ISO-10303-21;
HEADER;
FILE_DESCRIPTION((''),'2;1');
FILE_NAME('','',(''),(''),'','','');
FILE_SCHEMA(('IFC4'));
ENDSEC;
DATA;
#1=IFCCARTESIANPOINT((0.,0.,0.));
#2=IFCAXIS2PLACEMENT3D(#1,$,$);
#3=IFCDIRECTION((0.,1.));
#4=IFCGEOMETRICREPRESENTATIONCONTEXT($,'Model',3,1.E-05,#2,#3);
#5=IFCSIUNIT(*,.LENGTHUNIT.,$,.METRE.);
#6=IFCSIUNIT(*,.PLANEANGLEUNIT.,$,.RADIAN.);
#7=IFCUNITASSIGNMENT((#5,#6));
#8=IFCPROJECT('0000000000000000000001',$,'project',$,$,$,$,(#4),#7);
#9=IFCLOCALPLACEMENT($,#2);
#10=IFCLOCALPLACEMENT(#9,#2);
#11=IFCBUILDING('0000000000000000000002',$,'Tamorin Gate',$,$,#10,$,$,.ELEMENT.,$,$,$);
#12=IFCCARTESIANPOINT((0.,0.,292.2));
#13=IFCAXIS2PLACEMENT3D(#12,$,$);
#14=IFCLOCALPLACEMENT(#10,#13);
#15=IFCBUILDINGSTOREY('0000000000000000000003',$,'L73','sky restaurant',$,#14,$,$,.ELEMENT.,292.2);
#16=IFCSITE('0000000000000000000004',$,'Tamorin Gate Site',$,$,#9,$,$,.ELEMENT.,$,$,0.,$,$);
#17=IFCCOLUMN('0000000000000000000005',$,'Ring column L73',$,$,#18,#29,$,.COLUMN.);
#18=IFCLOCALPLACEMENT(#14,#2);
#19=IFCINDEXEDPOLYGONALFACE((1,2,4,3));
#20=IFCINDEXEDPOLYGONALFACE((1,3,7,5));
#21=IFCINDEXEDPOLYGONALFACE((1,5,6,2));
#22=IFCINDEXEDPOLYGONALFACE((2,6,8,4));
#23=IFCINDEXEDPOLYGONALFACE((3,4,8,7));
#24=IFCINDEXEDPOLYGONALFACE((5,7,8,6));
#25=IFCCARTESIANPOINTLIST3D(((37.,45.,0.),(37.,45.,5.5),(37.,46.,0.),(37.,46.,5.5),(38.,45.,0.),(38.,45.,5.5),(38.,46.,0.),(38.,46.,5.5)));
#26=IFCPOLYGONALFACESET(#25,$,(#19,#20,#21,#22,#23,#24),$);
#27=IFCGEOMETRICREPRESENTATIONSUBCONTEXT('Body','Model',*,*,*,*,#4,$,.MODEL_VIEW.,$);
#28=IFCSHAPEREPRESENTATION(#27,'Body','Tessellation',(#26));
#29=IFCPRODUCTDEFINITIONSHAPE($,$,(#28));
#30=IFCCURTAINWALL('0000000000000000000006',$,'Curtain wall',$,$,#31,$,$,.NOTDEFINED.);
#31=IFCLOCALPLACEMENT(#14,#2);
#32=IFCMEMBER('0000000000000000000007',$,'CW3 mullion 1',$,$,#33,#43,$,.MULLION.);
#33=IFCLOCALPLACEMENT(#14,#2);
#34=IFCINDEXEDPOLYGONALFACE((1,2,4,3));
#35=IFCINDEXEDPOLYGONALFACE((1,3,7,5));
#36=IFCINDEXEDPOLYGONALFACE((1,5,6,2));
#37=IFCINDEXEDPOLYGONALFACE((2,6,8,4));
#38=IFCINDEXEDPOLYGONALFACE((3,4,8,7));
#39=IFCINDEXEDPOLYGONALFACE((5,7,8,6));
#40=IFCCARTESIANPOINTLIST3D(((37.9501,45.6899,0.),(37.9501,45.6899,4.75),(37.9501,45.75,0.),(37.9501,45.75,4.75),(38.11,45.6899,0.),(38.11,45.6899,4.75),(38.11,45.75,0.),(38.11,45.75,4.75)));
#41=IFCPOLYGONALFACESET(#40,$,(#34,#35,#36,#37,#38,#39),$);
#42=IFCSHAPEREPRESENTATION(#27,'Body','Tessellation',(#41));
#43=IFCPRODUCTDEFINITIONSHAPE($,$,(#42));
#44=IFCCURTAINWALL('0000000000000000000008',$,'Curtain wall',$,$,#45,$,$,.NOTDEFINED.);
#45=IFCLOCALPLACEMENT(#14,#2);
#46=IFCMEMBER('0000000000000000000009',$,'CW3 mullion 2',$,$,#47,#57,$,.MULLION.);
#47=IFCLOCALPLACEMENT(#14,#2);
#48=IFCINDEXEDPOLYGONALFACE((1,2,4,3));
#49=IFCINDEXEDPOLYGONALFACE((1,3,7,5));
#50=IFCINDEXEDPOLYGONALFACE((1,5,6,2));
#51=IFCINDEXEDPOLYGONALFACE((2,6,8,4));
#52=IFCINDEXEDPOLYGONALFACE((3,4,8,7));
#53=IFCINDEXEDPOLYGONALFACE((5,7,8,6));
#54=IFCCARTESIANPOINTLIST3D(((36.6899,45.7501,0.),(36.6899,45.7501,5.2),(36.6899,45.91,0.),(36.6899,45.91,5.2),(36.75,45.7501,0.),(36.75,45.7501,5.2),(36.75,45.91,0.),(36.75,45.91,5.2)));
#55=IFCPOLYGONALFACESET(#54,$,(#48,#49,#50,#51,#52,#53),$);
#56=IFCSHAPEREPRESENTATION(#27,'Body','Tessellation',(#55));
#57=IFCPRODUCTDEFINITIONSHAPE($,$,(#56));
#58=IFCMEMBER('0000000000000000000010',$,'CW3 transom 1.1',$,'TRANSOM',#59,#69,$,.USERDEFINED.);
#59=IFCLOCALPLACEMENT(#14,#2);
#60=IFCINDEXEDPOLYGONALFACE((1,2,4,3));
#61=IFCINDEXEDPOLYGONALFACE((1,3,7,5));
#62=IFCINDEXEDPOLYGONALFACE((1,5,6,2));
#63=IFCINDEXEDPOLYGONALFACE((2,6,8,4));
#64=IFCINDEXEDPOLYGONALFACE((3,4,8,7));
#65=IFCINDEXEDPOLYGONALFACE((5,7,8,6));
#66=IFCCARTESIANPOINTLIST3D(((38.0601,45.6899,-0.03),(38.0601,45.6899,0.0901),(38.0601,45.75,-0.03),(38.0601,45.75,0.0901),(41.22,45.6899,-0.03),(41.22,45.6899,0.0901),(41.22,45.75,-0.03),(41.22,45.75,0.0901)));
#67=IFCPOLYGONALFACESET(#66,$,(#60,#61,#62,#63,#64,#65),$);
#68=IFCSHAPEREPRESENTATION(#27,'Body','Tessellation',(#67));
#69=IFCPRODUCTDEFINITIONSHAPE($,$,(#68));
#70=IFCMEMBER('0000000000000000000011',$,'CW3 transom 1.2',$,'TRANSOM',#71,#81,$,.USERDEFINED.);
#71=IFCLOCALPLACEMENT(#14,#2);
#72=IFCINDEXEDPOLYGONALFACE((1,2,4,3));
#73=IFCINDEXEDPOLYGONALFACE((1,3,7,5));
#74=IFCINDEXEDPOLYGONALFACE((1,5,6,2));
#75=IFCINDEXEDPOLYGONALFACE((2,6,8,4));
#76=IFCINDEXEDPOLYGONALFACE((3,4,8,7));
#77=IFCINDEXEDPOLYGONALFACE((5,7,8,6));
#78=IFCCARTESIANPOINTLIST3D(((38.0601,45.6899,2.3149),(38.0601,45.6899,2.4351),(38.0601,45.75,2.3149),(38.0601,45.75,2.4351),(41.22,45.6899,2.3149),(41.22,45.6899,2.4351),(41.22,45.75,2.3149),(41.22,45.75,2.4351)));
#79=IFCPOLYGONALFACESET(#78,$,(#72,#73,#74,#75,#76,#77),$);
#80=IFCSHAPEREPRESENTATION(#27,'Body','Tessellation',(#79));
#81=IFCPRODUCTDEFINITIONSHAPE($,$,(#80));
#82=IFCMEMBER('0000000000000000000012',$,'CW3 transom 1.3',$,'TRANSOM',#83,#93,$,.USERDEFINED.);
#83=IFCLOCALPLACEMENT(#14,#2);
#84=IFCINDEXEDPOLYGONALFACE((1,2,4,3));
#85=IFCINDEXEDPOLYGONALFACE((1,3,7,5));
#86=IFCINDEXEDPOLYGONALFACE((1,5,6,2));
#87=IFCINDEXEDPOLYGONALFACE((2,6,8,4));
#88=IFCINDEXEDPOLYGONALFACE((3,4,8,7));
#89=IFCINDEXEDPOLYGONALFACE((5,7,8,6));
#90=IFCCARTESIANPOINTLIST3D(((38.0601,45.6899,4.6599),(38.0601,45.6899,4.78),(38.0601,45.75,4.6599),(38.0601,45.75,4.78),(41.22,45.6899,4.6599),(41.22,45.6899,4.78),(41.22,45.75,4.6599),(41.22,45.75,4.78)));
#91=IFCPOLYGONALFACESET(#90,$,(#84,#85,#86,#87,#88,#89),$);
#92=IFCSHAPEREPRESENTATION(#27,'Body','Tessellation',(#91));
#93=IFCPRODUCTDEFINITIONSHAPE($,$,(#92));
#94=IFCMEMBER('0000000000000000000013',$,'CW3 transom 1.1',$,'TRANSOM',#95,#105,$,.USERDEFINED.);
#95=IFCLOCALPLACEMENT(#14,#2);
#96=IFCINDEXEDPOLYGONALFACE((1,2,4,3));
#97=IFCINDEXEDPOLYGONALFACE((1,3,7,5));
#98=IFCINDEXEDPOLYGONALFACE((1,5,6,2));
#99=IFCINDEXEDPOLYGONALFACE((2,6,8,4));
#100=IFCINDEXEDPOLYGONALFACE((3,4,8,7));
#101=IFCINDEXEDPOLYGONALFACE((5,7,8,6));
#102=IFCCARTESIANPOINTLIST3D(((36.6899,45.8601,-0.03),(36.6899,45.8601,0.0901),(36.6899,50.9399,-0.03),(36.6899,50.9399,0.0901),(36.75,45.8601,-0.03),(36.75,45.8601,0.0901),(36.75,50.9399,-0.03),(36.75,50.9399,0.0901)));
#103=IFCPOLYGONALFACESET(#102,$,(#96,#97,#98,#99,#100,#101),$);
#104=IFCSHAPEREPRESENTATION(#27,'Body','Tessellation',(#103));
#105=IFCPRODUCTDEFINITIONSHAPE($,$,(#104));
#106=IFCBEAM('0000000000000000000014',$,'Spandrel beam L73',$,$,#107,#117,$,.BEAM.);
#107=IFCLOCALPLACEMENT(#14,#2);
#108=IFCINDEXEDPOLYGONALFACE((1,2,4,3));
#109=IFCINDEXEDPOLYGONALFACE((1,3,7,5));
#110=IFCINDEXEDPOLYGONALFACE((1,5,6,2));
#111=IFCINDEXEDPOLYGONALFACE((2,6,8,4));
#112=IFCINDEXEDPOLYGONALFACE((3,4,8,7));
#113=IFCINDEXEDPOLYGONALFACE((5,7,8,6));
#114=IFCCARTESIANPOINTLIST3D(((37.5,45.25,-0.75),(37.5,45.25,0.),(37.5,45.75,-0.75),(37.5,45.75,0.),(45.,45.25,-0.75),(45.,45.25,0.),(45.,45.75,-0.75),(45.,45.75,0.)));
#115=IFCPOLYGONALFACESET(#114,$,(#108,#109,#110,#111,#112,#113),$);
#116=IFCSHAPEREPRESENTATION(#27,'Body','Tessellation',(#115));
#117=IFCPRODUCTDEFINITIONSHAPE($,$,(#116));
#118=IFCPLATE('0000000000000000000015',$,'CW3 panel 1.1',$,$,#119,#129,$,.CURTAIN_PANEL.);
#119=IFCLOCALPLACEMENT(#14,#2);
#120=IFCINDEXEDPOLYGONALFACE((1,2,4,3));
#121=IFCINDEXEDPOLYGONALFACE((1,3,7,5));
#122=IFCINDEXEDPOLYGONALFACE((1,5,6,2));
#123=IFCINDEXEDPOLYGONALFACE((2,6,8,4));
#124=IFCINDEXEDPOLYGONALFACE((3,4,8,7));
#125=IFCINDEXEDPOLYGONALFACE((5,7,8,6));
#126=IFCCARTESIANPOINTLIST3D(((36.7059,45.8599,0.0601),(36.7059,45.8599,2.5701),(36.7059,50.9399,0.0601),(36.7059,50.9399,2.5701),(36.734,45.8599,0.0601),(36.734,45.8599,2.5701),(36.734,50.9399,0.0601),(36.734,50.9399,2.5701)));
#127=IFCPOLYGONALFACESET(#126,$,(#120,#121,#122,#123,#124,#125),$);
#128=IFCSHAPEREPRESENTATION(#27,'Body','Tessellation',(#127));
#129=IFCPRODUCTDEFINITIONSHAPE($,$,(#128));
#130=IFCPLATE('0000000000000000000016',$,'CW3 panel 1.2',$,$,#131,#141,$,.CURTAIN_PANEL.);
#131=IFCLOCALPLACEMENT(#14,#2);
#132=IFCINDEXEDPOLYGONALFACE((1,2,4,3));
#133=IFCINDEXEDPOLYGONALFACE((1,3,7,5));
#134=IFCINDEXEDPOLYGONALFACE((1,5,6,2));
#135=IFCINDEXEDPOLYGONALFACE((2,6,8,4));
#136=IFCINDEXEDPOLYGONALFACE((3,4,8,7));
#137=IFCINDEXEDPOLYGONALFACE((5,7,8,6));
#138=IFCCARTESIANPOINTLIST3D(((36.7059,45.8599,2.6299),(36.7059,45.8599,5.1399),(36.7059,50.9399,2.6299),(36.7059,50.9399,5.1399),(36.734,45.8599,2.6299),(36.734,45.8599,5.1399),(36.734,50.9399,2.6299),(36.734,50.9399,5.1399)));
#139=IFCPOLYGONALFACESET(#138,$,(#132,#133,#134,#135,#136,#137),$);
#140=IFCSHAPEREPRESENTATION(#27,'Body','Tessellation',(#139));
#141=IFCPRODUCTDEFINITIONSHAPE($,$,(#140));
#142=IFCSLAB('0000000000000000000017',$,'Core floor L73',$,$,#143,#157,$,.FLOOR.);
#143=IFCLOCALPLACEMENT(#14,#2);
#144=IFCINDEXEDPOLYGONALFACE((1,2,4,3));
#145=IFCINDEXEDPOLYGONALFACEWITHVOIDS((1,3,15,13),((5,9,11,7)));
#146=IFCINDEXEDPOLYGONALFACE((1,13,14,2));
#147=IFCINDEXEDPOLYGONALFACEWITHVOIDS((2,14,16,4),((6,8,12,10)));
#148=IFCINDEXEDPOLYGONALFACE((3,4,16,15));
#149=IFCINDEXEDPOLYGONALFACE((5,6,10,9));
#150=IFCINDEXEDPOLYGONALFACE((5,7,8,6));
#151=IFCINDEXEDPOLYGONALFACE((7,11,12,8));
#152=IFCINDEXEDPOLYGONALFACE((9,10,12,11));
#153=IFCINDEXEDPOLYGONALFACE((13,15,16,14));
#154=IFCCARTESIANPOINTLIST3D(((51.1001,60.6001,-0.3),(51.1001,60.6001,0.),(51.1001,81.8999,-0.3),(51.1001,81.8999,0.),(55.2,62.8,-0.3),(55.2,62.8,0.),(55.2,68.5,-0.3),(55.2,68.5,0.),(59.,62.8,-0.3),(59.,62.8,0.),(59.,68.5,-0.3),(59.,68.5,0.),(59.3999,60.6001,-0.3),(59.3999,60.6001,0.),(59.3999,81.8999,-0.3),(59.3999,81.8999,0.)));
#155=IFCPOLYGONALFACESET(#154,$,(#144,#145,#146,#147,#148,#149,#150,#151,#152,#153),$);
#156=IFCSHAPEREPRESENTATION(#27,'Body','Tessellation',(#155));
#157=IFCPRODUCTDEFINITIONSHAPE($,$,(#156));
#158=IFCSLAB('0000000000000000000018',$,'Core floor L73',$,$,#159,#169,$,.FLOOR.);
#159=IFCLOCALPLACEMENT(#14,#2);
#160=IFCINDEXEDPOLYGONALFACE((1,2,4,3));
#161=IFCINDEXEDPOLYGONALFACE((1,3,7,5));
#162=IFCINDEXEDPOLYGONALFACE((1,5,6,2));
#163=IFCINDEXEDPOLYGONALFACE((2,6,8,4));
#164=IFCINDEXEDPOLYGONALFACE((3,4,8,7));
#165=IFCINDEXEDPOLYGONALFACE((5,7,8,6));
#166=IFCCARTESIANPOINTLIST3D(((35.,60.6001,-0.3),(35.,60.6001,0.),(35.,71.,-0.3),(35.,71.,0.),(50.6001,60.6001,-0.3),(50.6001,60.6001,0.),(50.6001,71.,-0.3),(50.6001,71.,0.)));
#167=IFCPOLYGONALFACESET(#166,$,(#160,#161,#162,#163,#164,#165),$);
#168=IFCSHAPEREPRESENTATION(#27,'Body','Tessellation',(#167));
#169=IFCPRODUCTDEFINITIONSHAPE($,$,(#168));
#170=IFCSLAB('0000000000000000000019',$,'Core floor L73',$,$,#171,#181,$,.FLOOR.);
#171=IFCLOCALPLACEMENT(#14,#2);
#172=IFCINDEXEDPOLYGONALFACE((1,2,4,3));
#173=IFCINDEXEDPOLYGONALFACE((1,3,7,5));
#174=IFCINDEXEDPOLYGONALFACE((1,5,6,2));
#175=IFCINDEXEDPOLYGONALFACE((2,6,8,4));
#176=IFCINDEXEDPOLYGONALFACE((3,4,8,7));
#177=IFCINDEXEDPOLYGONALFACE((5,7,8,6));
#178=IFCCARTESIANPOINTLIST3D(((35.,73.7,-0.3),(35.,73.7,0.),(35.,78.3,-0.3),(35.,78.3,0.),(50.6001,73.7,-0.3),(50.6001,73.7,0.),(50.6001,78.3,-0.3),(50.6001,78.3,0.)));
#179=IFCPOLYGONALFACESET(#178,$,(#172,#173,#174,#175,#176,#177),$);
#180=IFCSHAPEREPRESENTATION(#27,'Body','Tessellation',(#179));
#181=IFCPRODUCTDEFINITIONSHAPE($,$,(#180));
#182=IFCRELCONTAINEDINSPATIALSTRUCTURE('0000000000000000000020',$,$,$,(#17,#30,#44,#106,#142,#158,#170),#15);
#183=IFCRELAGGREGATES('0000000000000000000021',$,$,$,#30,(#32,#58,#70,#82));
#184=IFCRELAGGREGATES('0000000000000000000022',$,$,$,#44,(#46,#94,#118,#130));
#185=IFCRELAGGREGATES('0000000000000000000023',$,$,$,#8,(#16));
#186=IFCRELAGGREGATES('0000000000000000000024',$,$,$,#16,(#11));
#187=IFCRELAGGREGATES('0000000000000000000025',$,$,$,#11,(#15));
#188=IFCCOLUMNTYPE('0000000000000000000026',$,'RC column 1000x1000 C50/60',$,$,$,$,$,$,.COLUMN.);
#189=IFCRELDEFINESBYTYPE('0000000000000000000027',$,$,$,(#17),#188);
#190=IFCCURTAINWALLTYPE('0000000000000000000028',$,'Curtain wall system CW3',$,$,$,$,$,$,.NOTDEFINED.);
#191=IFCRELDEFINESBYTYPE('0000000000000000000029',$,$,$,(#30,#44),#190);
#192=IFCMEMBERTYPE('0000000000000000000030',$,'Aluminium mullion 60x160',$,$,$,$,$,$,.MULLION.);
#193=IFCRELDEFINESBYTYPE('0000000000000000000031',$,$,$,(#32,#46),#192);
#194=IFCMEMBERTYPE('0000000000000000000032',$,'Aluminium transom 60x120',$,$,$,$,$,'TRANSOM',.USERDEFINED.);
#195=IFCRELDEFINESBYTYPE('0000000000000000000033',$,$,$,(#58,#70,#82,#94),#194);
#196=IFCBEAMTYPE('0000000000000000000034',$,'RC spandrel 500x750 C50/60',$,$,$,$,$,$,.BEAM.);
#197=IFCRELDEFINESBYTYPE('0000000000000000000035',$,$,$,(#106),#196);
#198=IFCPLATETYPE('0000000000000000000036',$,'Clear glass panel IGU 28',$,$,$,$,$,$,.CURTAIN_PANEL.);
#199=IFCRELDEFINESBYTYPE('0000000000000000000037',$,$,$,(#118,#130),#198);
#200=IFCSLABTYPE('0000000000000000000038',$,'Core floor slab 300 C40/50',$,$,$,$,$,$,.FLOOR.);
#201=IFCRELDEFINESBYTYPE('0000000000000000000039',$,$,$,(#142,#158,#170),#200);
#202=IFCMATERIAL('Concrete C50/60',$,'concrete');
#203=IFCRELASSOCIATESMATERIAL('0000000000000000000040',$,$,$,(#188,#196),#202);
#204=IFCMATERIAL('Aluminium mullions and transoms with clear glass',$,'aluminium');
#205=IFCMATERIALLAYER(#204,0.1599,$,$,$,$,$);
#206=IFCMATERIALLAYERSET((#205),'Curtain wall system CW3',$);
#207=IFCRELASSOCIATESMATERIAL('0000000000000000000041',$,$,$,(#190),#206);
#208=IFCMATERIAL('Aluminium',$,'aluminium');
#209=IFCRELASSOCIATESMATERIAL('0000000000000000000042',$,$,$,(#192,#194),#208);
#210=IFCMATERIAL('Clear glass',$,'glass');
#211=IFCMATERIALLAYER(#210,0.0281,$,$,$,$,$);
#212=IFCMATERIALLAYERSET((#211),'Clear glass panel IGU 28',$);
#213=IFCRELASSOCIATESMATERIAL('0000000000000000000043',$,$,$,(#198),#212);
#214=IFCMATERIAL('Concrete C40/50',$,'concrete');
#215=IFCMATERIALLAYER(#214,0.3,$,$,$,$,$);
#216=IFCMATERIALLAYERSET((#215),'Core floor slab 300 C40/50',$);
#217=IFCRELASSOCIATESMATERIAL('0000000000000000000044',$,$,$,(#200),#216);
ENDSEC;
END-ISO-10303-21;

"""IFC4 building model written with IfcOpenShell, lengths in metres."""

from ifc_helpers import new_model, si_unit, direction, frame, origin, origin_2d, place, context, subcontext, project, spatial, polyline, rectangle, outline, extrude, material, layer, layer_set, material_profile, profile_set, type_object, element, aggregate, save


model = new_model("IFC4")

# Units and contexts
model_context = context("Model", 3, precision=1e-05, world=origin(), true_north=direction((0.0, 1.0)))
body_context = subcontext(model_context, "Body", "Model", "MODEL_VIEW")
ifc_project = project(units=[si_unit("LENGTHUNIT", "METRE"), si_unit("PLANEANGLEUNIT", "RADIAN")], contexts=[model_context])

# Site, building, storey
site_placement = place(None, origin())
site = spatial("IfcSite", under=ifc_project, at=site_placement, Name="Tamorin Gate Site", CompositionType="ELEMENT", RefElevation=0.0)
building_placement = place(site_placement, origin())
building = spatial("IfcBuilding", under=site, at=building_placement, Name="Tamorin Gate", CompositionType="ELEMENT")
storey_placement = place(building_placement, frame((0.0, 0.0, 292.2)))
storey = spatial("IfcBuildingStorey", under=building, at=storey_placement, Name="L73", Description="sky restaurant", CompositionType="ELEMENT", Elevation=292.2)

# Column
ifc_material_1 = material(Name="Concrete C50/60", Category="concrete")
ifc_material_profile_1 = material_profile(ifc_material_1, rectangle(XDim=1.0, YDim=1.0, at=origin_2d()), Name="RC 1000x1000")
ifc_profile_set_1 = profile_set([ifc_material_profile_1], Name="Concrete C50/60")
column_type = type_object("IfcColumnType", Name="RC column 1000x1000 C50/60", PredefinedType="COLUMN", material=ifc_profile_set_1)
column_placement = place(storey_placement, frame((37.5, 45.5, 0.0), z_axis=(0.0, 0.0, 1.0), x_axis=(1.0, 0.0, 0.0)))
element("IfcColumn", 1, at=column_placement, inside=storey, type_object=column_type, Name="Ring column L73", PredefinedType="COLUMN", context=body_context, shape_type="SweptSolid", body=[
    extrude(rectangle(XDim=1.0, YDim=1.0, at=origin_2d()), origin(), (0.0, 0.0, 1.0), 5.5),
])

# Curtain walls, members
ifc_material_2 = material(Name="Aluminium mullions and transoms with clear glass", Category="aluminium")
ifc_layer_1 = layer(ifc_material_2, 0.1599)
ifc_layer_set_1 = layer_set([ifc_layer_1], Name="Curtain wall system CW3")
curtain_wall_type = type_object("IfcCurtainWallType", Name="Curtain wall system CW3", PredefinedType="NOTDEFINED", material=ifc_layer_set_1)
curtain_wall_1_placement = place(storey_placement, origin())
curtain_wall_1 = element("IfcCurtainWall", 2, at=curtain_wall_1_placement, inside=storey, type_object=curtain_wall_type, Name="Curtain wall", PredefinedType="NOTDEFINED")
ifc_material_3 = material(Name="Aluminium", Category="aluminium")
ifc_material_profile_2 = material_profile(ifc_material_3, rectangle(XDim=0.0601, YDim=0.1599, at=origin_2d()), Name="RECT 60x160")
ifc_profile_set_2 = profile_set([ifc_material_profile_2], Name="Aluminium")
member_type_1 = type_object("IfcMemberType", Name="Aluminium mullion 60x160", PredefinedType="MULLION", material=ifc_profile_set_2)
member_1_placement = place(storey_placement, frame((38.03, 45.72, 0.0), z_axis=(0.0, 0.0, 1.0), x_axis=(0.0, 1.0, 0.0)))
member_1 = element("IfcMember", 3, at=member_1_placement, type_object=member_type_1, Name="CW3 mullion 1", PredefinedType="MULLION", context=body_context, shape_type="SweptSolid", body=[
    extrude(rectangle(XDim=0.0601, YDim=0.1599, at=origin_2d()), origin(), (0.0, 0.0, 1.0), 4.75),
])
curtain_wall_2_placement = place(storey_placement, origin())
curtain_wall_2 = element("IfcCurtainWall", 4, at=curtain_wall_2_placement, inside=storey, type_object=curtain_wall_type, Name="Curtain wall", PredefinedType="NOTDEFINED")
member_2_placement = place(storey_placement, frame((36.72, 45.8301, 0.0), z_axis=(0.0, 0.0, 1.0), x_axis=(1.0, 0.0, 0.0)))
member_2 = element("IfcMember", 5, at=member_2_placement, type_object=member_type_1, Name="CW3 mullion 2", PredefinedType="MULLION", context=body_context, shape_type="SweptSolid", body=[
    extrude(rectangle(XDim=0.0601, YDim=0.1599, at=origin_2d()), origin(), (0.0, 0.0, 1.0), 5.2),
])

# Members
ifc_material_profile_3 = material_profile(ifc_material_3, rectangle(XDim=0.0601, YDim=0.1201, at=origin_2d()), Name="RECT 60x120")
ifc_profile_set_3 = profile_set([ifc_material_profile_3], Name="Aluminium")
member_type_2 = type_object("IfcMemberType", Name="Aluminium transom 60x120", ElementType="TRANSOM", PredefinedType="USERDEFINED", material=ifc_profile_set_3)
member_3_placement = place(storey_placement, frame((38.0601, 45.72, 0.03), z_axis=(1.0, 0.0, 0.0), x_axis=(0.0, 1.0, 0.0)))
member_3 = element("IfcMember", 6, at=member_3_placement, type_object=member_type_2, Name="CW3 transom 1.1", ObjectType="TRANSOM", PredefinedType="USERDEFINED", context=body_context, shape_type="SweptSolid", body=[
    extrude(rectangle(XDim=0.0601, YDim=0.1201, at=origin_2d()), origin(), (0.0, 0.0, 1.0), 3.1599),
])
member_4_placement = place(storey_placement, frame((38.0601, 45.72, 2.375), z_axis=(1.0, 0.0, 0.0), x_axis=(0.0, 1.0, 0.0)))
member_4 = element("IfcMember", 7, at=member_4_placement, type_object=member_type_2, Name="CW3 transom 1.2", ObjectType="TRANSOM", PredefinedType="USERDEFINED", context=body_context, shape_type="SweptSolid", body=[
    extrude(rectangle(XDim=0.0601, YDim=0.1201, at=origin_2d()), origin(), (0.0, 0.0, 1.0), 3.1599),
])
member_5_placement = place(storey_placement, frame((38.0601, 45.72, 4.72), z_axis=(1.0, 0.0, 0.0), x_axis=(0.0, 1.0, 0.0)))
member_5 = element("IfcMember", 8, at=member_5_placement, type_object=member_type_2, Name="CW3 transom 1.3", ObjectType="TRANSOM", PredefinedType="USERDEFINED", context=body_context, shape_type="SweptSolid", body=[
    extrude(rectangle(XDim=0.0601, YDim=0.1201, at=origin_2d()), origin(), (0.0, 0.0, 1.0), 3.1599),
])
aggregate(curtain_wall_1, [member_1, member_3, member_4, member_5])
member_6_placement = place(storey_placement, frame((36.72, 50.9399, 0.03), z_axis=(0.0, -1.0, 0.0), x_axis=(1.0, 0.0, 0.0)))
member_6 = element("IfcMember", 9, at=member_6_placement, type_object=member_type_2, Name="CW3 transom 1.1", ObjectType="TRANSOM", PredefinedType="USERDEFINED", context=body_context, shape_type="SweptSolid", body=[
    extrude(rectangle(XDim=0.0601, YDim=0.1201, at=origin_2d()), origin(), (0.0, 0.0, 1.0), 5.0798),
])

# Beam
ifc_material_profile_4 = material_profile(ifc_material_1, rectangle(XDim=0.5, YDim=0.75, at=origin_2d()), Name="RC 500x750")
ifc_profile_set_4 = profile_set([ifc_material_profile_4], Name="Concrete C50/60")
beam_type = type_object("IfcBeamType", Name="RC spandrel 500x750 C50/60", PredefinedType="BEAM", material=ifc_profile_set_4)
beam_placement = place(storey_placement, frame((37.5, 45.5, -0.375), z_axis=(1.0, 0.0, 0.0), x_axis=(0.0, 1.0, 0.0)))
element("IfcBeam", 10, at=beam_placement, inside=storey, type_object=beam_type, Name="Spandrel beam L73", PredefinedType="BEAM", context=body_context, shape_type="SweptSolid", body=[
    extrude(rectangle(XDim=0.5, YDim=0.75, at=origin_2d()), origin(), (0.0, 0.0, 1.0), 7.5),
])

# Plates
ifc_material_4 = material(Name="Clear glass", Category="glass")
ifc_layer_2 = layer(ifc_material_4, 0.0281)
ifc_layer_set_2 = layer_set([ifc_layer_2], Name="Clear glass panel IGU 28")
plate_type = type_object("IfcPlateType", Name="Clear glass panel IGU 28", PredefinedType="CURTAIN_PANEL", material=ifc_layer_set_2)
plate_1_placement = place(storey_placement, frame((36.72, 48.3999, 0.0601), z_axis=(0.0, 0.0, 1.0), x_axis=(0.0, -1.0, 0.0)))
plate_1 = element("IfcPlate", 11, at=plate_1_placement, type_object=plate_type, Name="CW3 panel 1.1", PredefinedType="CURTAIN_PANEL", context=body_context, shape_type="SweptSolid", body=[
    extrude(rectangle(XDim=5.0801, YDim=0.0281, at=origin_2d()), origin(), (0.0, 0.0, 1.0), 2.51),
])
plate_2_placement = place(storey_placement, frame((36.72, 48.3999, 2.6299), z_axis=(0.0, 0.0, 1.0), x_axis=(0.0, -1.0, 0.0)))
plate_2 = element("IfcPlate", 12, at=plate_2_placement, type_object=plate_type, Name="CW3 panel 1.2", PredefinedType="CURTAIN_PANEL", context=body_context, shape_type="SweptSolid", body=[
    extrude(rectangle(XDim=5.0801, YDim=0.0281, at=origin_2d()), origin(), (0.0, 0.0, 1.0), 2.51),
])
aggregate(curtain_wall_2, [member_2, member_6, plate_1, plate_2])

# Slabs
ifc_material_5 = material(Name="Concrete C40/50", Category="concrete")
ifc_layer_3 = layer(ifc_material_5, 0.3)
ifc_layer_set_3 = layer_set([ifc_layer_3], Name="Core floor slab 300 C40/50")
slab_type_1 = type_object("IfcSlabType", Name="Core floor slab 300 C40/50", PredefinedType="FLOOR", material=ifc_layer_set_3)
slab_1_placement = place(storey_placement, frame((0.0, 0.0, -0.3)))
element("IfcSlab", 13, at=slab_1_placement, inside=storey, type_object=slab_type_1, Name="Core floor L73", PredefinedType="FLOOR", context=body_context, shape_type="SweptSolid", body=[
    extrude(outline(polyline([(51.1001, 81.8999), (59.3999, 81.8999), (59.3999, 60.6001), (51.1001, 60.6001), (51.1001, 81.8999)]), holes=[polyline([(55.2, 62.8), (59.0, 62.8), (59.0, 68.5), (55.2, 68.5), (55.2, 62.8)])]), origin(), (0.0, 0.0, 1.0), 0.3),
])
slab_2_placement = place(storey_placement, frame((0.0, 0.0, -0.3)))
element("IfcSlab", 14, at=slab_2_placement, inside=storey, type_object=slab_type_1, Name="Core floor L73", PredefinedType="FLOOR", context=body_context, shape_type="SweptSolid", body=[
    extrude(outline(polyline([(50.6001, 71.0), (50.6001, 60.6001), (35.0, 60.6001), (35.0, 71.0), (50.6001, 71.0)])), origin(), (0.0, 0.0, 1.0), 0.3),
])
slab_3_placement = place(storey_placement, frame((0.0, 0.0, -0.3)))
element("IfcSlab", 15, at=slab_3_placement, inside=storey, type_object=slab_type_1, Name="Core floor L73", PredefinedType="FLOOR", context=body_context, shape_type="SweptSolid", body=[
    extrude(outline(polyline([(50.6001, 73.7), (35.0, 73.7), (35.0, 78.3), (50.6001, 78.3), (50.6001, 73.7)])), origin(), (0.0, 0.0, 1.0), 0.3),
])

save(model, "model.ifc")
